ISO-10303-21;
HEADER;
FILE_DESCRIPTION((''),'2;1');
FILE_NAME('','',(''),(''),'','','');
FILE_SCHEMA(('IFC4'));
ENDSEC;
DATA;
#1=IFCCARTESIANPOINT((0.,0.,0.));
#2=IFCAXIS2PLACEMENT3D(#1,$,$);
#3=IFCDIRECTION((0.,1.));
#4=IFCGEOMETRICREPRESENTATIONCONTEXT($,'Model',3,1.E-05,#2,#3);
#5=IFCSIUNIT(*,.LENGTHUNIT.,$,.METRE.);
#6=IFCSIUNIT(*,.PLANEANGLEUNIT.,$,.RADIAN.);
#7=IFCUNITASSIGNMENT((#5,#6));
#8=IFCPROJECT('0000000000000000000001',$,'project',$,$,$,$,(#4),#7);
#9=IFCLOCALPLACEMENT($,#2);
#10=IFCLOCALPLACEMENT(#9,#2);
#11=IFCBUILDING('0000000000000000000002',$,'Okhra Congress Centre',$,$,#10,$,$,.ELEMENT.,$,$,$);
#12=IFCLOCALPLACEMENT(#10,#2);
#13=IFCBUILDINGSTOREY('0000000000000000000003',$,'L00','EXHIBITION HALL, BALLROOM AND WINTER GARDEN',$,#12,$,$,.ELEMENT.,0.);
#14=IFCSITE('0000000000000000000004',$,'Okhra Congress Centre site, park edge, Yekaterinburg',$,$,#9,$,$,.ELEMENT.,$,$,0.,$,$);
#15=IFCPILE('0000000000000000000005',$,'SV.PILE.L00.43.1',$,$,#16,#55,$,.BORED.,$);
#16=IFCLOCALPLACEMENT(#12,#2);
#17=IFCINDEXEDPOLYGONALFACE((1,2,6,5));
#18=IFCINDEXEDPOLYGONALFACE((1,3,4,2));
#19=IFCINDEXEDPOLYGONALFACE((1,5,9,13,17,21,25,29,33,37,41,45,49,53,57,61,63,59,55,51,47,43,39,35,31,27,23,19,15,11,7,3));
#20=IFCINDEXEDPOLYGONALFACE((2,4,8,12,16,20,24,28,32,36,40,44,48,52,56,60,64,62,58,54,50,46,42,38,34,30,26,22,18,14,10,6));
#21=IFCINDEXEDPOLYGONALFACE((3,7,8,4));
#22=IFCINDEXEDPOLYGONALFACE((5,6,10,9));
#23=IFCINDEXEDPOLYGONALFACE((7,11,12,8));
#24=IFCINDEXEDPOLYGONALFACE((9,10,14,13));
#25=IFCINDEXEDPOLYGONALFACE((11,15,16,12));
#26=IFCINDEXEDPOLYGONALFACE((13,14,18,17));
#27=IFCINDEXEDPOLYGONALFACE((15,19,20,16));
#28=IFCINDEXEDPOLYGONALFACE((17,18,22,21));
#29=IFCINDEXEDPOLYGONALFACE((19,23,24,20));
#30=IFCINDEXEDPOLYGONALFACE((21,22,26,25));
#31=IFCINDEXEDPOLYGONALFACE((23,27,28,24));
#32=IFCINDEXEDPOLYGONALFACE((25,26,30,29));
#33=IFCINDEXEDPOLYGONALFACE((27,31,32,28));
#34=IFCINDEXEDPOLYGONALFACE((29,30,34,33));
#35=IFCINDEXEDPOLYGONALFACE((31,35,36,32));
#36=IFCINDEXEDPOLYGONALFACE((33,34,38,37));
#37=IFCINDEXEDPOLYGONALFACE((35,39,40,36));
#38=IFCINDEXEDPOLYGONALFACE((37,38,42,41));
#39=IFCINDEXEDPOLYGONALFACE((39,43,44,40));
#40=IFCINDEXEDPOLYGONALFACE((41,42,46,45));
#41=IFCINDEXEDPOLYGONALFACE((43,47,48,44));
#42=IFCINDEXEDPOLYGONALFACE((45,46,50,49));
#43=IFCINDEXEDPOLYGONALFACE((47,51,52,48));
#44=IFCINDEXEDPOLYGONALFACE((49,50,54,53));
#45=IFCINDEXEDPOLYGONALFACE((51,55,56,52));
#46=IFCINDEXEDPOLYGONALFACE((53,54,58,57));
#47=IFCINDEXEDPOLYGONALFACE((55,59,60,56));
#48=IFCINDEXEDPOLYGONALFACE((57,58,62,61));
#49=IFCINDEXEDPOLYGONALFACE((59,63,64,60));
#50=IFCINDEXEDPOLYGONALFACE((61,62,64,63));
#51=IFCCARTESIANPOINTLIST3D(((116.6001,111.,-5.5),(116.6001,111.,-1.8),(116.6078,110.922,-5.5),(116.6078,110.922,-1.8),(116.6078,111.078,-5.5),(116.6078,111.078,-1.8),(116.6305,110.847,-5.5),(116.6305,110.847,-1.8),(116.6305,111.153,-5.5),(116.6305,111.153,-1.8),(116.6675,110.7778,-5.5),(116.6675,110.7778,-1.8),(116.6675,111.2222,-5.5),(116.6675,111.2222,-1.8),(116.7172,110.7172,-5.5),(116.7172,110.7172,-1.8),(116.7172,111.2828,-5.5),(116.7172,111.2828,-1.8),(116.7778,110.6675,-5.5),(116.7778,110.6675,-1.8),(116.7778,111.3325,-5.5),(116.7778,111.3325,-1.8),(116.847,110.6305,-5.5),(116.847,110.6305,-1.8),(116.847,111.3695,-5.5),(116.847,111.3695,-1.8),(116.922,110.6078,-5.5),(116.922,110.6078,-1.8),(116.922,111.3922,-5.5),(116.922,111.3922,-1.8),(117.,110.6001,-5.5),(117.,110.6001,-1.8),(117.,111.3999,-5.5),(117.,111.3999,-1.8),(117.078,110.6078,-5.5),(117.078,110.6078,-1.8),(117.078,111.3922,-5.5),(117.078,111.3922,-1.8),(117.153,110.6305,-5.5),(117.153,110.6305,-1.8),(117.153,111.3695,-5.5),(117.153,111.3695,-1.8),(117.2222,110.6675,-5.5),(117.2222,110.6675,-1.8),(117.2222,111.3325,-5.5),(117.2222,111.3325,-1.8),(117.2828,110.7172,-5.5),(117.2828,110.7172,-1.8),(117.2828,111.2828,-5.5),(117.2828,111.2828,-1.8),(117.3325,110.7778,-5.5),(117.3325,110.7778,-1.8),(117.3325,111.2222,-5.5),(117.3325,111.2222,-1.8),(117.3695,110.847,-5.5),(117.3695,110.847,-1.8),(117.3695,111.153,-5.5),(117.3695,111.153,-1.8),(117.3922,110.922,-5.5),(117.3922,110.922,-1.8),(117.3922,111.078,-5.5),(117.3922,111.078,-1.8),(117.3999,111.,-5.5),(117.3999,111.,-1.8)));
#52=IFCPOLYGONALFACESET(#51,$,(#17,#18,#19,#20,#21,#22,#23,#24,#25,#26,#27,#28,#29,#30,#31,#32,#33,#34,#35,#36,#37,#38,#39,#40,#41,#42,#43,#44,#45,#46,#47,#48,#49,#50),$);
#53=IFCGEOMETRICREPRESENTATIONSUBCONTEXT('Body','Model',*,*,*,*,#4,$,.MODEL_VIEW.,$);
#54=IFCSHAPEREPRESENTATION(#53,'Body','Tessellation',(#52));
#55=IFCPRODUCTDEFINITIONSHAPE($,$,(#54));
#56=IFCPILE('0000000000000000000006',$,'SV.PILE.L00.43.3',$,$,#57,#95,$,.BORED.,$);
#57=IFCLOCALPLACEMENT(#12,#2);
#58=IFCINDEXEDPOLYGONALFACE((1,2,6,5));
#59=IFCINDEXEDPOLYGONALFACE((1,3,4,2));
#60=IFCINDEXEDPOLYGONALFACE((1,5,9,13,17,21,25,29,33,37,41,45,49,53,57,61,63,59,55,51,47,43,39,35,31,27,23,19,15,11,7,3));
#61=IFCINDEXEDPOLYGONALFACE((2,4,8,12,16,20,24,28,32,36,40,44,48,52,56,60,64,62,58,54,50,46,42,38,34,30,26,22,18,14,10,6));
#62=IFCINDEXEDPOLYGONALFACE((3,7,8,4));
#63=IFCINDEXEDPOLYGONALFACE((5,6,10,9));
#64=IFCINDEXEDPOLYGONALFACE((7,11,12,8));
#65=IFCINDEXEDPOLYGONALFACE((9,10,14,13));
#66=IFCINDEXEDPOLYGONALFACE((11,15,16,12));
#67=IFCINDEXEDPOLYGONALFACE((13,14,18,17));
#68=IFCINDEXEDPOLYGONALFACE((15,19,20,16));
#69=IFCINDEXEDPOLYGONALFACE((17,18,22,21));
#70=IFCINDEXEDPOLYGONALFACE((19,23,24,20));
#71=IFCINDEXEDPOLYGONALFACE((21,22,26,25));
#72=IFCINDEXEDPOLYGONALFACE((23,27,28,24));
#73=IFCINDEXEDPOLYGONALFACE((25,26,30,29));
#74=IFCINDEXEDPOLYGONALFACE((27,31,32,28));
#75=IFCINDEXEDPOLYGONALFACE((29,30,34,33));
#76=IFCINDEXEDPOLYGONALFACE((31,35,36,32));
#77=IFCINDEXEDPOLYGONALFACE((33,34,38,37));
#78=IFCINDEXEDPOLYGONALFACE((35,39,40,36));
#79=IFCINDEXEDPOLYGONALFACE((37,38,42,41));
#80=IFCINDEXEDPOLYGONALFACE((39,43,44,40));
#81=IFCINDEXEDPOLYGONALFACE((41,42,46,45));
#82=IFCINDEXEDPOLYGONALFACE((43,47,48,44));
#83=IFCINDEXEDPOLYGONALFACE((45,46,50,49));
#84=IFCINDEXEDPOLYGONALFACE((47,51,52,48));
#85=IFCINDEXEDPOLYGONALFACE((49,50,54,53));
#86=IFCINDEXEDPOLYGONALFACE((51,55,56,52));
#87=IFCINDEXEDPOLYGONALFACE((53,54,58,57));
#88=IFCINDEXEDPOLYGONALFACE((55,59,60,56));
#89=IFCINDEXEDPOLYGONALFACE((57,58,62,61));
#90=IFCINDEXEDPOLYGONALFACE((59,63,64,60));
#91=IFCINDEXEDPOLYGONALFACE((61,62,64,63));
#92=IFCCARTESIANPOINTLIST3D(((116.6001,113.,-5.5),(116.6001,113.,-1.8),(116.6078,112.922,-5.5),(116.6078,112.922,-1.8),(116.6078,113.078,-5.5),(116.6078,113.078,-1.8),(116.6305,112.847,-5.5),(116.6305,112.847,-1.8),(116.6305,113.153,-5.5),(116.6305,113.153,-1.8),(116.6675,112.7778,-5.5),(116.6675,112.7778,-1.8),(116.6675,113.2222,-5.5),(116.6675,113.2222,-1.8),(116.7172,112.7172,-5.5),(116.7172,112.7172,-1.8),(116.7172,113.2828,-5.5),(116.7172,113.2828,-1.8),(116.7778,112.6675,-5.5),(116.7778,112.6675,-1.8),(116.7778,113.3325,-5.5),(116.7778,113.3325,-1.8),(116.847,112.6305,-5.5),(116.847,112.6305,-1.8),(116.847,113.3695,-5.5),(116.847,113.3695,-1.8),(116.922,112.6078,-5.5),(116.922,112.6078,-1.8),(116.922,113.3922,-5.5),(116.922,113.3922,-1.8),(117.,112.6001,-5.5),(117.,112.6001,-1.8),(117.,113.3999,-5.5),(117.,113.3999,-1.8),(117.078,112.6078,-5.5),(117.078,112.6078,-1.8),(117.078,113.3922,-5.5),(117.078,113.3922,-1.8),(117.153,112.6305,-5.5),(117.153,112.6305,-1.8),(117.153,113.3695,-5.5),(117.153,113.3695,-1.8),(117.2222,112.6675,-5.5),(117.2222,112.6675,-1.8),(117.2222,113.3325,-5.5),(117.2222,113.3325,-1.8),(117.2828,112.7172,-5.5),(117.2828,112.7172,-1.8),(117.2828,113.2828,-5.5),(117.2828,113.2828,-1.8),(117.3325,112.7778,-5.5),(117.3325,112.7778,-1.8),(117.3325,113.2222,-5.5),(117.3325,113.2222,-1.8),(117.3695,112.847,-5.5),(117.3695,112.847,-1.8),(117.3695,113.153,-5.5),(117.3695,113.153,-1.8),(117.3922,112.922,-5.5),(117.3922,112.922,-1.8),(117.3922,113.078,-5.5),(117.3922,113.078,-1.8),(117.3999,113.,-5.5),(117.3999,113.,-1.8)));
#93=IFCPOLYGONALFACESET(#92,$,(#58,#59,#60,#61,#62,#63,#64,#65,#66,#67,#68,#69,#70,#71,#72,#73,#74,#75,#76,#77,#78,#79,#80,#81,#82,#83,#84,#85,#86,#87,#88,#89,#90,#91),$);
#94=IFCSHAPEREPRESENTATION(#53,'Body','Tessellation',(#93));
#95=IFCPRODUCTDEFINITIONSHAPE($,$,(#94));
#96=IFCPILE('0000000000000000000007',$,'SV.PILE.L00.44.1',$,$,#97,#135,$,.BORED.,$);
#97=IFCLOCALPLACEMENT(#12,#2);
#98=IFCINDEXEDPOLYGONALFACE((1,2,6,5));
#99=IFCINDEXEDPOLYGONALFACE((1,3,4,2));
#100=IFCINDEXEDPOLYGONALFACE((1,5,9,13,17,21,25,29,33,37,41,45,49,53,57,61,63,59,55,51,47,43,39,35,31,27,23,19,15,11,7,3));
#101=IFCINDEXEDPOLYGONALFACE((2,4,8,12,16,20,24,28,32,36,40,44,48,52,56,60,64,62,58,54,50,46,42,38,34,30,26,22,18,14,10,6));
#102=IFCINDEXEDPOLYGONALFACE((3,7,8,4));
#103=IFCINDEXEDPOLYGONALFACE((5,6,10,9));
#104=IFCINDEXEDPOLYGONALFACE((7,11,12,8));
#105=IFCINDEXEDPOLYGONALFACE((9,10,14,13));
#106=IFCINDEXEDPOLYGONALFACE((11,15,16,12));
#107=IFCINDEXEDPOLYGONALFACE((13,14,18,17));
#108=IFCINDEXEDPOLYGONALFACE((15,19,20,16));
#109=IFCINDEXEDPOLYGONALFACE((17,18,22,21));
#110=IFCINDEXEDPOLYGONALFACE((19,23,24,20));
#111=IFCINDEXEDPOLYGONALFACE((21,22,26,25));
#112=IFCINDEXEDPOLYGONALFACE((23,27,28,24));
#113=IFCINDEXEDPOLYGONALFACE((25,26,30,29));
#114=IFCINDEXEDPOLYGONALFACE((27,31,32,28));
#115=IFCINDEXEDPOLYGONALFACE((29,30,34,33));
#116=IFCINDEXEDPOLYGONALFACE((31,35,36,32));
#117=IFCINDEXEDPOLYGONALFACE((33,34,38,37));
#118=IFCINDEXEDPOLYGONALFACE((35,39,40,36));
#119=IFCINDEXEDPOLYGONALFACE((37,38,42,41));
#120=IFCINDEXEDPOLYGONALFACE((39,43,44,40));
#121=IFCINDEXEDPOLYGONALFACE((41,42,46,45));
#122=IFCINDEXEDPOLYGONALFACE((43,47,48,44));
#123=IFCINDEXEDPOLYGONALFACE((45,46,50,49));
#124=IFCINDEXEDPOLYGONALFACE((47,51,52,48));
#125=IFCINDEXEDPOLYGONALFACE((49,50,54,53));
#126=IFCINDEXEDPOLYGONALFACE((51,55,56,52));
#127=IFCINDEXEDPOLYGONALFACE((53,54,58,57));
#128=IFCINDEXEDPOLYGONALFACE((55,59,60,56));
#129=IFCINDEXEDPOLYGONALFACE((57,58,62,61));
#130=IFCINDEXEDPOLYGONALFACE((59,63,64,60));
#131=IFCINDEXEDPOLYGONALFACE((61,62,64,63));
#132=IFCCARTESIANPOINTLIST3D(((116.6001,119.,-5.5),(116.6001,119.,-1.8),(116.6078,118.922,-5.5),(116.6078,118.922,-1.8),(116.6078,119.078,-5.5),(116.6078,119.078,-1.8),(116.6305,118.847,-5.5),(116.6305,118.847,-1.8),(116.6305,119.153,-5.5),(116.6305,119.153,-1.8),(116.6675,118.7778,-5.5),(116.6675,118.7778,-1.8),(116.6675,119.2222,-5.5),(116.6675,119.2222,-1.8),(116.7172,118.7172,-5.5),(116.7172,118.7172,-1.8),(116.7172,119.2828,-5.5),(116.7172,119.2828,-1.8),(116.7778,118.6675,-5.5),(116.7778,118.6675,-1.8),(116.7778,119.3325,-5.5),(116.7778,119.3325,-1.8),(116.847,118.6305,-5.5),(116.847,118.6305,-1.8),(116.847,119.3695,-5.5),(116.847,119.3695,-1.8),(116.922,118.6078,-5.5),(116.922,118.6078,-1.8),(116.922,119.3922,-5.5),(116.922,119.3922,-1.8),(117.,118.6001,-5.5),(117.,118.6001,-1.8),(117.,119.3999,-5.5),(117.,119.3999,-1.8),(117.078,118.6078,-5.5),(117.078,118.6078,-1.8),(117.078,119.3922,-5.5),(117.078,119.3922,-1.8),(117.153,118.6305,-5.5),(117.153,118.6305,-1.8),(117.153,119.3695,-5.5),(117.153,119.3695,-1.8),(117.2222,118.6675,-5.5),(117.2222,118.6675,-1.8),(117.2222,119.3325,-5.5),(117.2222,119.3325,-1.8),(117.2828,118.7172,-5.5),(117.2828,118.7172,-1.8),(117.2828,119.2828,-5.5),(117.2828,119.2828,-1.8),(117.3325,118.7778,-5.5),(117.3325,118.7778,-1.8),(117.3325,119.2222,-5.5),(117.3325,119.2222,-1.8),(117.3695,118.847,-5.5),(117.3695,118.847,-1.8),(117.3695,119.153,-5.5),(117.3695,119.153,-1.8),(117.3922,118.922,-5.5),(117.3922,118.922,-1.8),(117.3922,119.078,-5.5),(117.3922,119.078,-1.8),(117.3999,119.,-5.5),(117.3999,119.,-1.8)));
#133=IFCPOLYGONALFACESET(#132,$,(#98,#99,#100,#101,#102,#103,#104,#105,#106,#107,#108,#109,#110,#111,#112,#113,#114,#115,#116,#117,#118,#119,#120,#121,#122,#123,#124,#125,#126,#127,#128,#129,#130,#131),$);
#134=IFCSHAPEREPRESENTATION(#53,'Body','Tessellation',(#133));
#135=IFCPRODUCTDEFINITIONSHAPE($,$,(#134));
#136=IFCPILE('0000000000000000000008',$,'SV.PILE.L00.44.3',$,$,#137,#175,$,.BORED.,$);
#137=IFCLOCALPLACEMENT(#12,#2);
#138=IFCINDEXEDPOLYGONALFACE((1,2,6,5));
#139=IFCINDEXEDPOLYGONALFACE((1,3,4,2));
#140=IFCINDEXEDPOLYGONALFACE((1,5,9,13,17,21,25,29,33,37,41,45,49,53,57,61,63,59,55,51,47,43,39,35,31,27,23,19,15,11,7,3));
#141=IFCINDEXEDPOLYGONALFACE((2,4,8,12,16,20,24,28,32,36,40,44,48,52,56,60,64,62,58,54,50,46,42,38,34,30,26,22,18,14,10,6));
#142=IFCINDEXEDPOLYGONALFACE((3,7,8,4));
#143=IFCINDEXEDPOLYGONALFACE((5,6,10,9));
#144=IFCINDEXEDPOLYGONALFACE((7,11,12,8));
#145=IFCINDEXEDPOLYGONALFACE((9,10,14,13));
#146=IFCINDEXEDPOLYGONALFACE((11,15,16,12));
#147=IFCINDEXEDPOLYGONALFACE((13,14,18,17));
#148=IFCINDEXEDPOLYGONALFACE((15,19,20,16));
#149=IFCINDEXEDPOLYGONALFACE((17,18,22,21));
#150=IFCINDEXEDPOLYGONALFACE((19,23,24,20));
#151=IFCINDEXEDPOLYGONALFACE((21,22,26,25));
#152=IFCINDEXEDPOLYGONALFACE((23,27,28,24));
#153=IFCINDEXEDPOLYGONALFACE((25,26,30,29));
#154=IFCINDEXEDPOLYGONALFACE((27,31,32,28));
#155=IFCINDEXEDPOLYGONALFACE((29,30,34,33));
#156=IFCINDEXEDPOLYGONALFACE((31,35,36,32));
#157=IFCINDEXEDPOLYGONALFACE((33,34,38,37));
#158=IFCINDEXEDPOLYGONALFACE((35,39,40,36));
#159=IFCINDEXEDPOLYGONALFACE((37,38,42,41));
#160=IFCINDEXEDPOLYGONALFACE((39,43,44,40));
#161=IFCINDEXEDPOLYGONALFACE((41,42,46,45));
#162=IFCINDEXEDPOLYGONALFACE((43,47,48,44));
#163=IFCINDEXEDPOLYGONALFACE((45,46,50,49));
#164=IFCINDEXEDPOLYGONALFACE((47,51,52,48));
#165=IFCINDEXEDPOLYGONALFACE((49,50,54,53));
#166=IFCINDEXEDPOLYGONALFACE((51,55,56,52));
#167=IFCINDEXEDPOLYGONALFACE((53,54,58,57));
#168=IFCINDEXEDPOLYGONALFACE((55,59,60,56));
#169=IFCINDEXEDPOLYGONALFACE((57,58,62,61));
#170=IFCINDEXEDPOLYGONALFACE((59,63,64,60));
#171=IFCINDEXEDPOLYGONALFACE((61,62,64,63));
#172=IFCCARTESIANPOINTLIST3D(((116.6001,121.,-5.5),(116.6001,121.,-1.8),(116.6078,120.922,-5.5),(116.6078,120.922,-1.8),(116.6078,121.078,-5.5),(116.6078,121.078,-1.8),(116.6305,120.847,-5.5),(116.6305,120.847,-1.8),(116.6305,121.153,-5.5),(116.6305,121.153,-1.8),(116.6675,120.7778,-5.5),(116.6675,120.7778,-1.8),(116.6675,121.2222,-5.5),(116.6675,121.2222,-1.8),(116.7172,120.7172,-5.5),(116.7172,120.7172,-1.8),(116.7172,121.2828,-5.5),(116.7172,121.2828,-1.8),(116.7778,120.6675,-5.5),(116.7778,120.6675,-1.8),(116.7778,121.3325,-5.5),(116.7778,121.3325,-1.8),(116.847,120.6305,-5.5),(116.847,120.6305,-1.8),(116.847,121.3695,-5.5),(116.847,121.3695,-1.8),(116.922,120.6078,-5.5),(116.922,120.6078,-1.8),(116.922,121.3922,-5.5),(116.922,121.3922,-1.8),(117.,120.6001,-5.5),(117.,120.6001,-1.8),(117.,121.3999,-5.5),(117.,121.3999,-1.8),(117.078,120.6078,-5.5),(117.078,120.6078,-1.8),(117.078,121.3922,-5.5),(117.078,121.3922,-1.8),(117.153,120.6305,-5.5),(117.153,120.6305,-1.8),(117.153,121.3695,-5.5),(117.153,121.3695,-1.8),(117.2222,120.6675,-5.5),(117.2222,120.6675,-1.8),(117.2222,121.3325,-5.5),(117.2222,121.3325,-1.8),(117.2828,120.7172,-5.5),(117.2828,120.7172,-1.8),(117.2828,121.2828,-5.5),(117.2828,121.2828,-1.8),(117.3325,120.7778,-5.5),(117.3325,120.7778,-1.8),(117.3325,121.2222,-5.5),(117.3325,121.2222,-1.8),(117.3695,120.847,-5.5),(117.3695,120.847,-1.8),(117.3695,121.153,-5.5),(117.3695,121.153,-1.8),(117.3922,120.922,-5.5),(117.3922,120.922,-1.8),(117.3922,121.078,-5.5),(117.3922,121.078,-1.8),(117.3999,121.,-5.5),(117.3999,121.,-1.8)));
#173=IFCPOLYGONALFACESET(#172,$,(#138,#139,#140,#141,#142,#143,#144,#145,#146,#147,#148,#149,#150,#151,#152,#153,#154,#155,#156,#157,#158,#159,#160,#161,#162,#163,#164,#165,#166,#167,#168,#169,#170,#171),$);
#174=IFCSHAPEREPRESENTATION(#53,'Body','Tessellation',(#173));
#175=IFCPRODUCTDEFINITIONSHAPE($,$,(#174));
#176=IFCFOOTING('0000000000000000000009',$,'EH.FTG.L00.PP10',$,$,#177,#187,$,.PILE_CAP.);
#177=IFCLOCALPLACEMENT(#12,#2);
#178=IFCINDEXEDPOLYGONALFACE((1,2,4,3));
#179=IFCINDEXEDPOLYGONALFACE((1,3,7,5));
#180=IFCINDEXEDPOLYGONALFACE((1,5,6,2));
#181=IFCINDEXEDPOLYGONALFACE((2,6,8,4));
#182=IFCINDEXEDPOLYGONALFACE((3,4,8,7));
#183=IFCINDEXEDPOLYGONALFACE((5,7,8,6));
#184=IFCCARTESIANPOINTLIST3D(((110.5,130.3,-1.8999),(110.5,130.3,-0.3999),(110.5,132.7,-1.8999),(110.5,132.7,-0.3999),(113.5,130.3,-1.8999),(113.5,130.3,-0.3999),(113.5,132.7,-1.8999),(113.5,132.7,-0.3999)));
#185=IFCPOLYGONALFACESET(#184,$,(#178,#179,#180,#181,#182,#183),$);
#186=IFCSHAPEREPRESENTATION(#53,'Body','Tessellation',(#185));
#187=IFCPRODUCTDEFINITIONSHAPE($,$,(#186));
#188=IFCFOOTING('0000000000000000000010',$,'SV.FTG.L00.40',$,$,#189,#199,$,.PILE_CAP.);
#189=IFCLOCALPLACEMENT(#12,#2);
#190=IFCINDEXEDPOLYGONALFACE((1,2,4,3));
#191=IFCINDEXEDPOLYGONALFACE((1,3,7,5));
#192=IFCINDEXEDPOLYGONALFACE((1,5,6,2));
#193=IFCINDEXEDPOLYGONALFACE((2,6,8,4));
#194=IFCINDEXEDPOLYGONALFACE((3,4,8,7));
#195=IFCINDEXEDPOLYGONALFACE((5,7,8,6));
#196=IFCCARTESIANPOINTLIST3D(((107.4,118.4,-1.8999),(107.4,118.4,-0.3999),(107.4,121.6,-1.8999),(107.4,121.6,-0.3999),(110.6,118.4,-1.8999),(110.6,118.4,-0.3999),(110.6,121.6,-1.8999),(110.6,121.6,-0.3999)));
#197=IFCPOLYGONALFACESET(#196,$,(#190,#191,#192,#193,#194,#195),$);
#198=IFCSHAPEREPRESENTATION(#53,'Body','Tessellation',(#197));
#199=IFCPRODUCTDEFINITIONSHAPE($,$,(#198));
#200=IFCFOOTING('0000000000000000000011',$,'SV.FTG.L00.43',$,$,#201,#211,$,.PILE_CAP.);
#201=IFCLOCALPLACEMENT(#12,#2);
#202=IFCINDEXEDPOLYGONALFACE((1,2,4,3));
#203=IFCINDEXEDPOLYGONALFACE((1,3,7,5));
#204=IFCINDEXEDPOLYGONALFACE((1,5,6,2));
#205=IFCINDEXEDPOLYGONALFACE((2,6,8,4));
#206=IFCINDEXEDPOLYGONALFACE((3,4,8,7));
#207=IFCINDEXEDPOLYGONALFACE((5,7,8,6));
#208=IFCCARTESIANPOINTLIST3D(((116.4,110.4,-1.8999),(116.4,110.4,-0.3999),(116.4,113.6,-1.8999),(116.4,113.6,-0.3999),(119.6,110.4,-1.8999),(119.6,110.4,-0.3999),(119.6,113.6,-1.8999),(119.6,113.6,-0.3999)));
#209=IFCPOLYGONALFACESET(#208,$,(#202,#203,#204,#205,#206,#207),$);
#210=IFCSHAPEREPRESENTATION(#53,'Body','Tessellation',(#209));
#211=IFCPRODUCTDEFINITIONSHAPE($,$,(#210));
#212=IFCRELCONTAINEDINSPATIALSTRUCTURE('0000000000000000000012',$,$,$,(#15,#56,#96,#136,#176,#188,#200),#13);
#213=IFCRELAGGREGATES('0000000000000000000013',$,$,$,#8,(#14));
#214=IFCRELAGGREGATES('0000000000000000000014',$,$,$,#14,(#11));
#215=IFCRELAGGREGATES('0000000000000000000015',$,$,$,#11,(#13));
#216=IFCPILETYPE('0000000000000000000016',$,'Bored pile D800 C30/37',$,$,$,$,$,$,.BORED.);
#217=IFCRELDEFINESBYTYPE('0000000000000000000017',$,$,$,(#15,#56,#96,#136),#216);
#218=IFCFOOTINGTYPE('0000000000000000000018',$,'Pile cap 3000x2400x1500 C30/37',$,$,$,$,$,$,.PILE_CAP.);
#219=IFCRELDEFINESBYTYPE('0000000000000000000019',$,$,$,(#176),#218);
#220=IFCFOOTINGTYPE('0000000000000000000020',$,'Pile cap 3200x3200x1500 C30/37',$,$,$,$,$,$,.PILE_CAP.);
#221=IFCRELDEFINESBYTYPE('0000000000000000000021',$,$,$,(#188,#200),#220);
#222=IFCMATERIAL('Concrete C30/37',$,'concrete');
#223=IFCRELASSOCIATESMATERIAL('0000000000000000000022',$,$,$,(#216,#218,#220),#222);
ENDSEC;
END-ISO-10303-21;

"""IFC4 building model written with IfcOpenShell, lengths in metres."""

from ifc_helpers import new_model, si_unit, direction, frame, origin, origin_2d, place, context, subcontext, project, spatial, rectangle, circle, extrude, material, material_profile, profile_set, type_object, element, save


model = new_model("IFC4")

# Units and contexts
model_context = context("Model", 3, precision=1e-05, world=origin(), true_north=direction((0.0, 1.0)))
body_context = subcontext(model_context, "Body", "Model", "MODEL_VIEW")
ifc_project = project(units=[si_unit("LENGTHUNIT", "METRE"), si_unit("PLANEANGLEUNIT", "RADIAN")], contexts=[model_context])

# Site, building, storey
site_placement = place(None, origin())
site = spatial("IfcSite", under=ifc_project, at=site_placement, Name="Okhra Congress Centre site, park edge, Yekaterinburg", CompositionType="ELEMENT", RefElevation=0.0)
building_placement = place(site_placement, origin())
building = spatial("IfcBuilding", under=site, at=building_placement, Name="Okhra Congress Centre", CompositionType="ELEMENT")
storey_placement = place(building_placement, origin())
storey = spatial("IfcBuildingStorey", under=building, at=storey_placement, Name="L00", Description="EXHIBITION HALL, BALLROOM AND WINTER GARDEN", CompositionType="ELEMENT", Elevation=0.0)

# Piles
ifc_material_1 = material(Name="Concrete C30/37", Category="concrete")
ifc_material_profile_1 = material_profile(ifc_material_1, circle(Radius=0.3999, at=origin_2d()), Name="D800")
ifc_profile_set_1 = profile_set([ifc_material_profile_1], Name="Concrete C30/37")
pile_type_1 = type_object("IfcPileType", Name="Bored pile D800 C30/37", PredefinedType="BORED", material=ifc_profile_set_1)
for number, where, z_axis, x_axis, name in (
    (1, (117.0, 111.0, -1.8), (0.0, 0.0, -1.0), (1.0, 0.0, 0.0), "SV.PILE.L00.43.1"),
    (2, (117.0, 113.0, -1.8), (0.0, 0.0, -1.0), (1.0, 0.0, 0.0), "SV.PILE.L00.43.3"),
    (3, (117.0, 119.0, -1.8), (0.0, 0.0, -1.0), (1.0, 0.0, 0.0), "SV.PILE.L00.44.1"),
    (4, (117.0, 121.0, -1.8), (0.0, 0.0, -1.0), (1.0, 0.0, 0.0), "SV.PILE.L00.44.3"),
):
    element("IfcPile", number, at=place(storey_placement, frame(where, z_axis=z_axis, x_axis=x_axis)), inside=storey, type_object=pile_type_1, Name=name, PredefinedType="BORED", context=body_context, shape_type="SweptSolid", body=[
        extrude(circle(Radius=0.3999, at=origin_2d()), origin(), (0.0, 0.0, 1.0), 3.7),
    ])

# Footings
footing_type_1 = type_object("IfcFootingType", Name="Pile cap 3000x2400x1500 C30/37", PredefinedType="PILE_CAP", material=ifc_material_1)
footing_placement = place(storey_placement, frame((112.0, 131.5, -1.8999), z_axis=(0.0, 0.0, 1.0), x_axis=(1.0, 0.0, 0.0)))
element("IfcFooting", 5, at=footing_placement, inside=storey, type_object=footing_type_1, Name="EH.FTG.L00.PP10", PredefinedType="PILE_CAP", context=body_context, shape_type="SweptSolid", body=[
    extrude(rectangle(XDim=3.0, YDim=2.3999, at=origin_2d()), origin(), (0.0, 0.0, 1.0), 1.5),
])
footing_type_2 = type_object("IfcFootingType", Name="Pile cap 3200x3200x1500 C30/37", PredefinedType="PILE_CAP", material=ifc_material_1)
for number, where, z_axis, x_axis, name in (
    (6, (109.0, 120.0, -1.8999), (0.0, 0.0, 1.0), (1.0, 0.0, 0.0), "SV.FTG.L00.40"),
    (7, (118.0, 112.0, -1.8999), (0.0, 0.0, 1.0), (1.0, 0.0, 0.0), "SV.FTG.L00.43"),
):
    element("IfcFooting", number, at=place(storey_placement, frame(where, z_axis=z_axis, x_axis=x_axis)), inside=storey, type_object=footing_type_2, Name=name, PredefinedType="PILE_CAP", context=body_context, shape_type="SweptSolid", body=[
        extrude(rectangle(XDim=3.2, YDim=3.2, at=origin_2d()), origin(), (0.0, 0.0, 1.0), 1.5),
    ])

save(model, "model.ifc")
